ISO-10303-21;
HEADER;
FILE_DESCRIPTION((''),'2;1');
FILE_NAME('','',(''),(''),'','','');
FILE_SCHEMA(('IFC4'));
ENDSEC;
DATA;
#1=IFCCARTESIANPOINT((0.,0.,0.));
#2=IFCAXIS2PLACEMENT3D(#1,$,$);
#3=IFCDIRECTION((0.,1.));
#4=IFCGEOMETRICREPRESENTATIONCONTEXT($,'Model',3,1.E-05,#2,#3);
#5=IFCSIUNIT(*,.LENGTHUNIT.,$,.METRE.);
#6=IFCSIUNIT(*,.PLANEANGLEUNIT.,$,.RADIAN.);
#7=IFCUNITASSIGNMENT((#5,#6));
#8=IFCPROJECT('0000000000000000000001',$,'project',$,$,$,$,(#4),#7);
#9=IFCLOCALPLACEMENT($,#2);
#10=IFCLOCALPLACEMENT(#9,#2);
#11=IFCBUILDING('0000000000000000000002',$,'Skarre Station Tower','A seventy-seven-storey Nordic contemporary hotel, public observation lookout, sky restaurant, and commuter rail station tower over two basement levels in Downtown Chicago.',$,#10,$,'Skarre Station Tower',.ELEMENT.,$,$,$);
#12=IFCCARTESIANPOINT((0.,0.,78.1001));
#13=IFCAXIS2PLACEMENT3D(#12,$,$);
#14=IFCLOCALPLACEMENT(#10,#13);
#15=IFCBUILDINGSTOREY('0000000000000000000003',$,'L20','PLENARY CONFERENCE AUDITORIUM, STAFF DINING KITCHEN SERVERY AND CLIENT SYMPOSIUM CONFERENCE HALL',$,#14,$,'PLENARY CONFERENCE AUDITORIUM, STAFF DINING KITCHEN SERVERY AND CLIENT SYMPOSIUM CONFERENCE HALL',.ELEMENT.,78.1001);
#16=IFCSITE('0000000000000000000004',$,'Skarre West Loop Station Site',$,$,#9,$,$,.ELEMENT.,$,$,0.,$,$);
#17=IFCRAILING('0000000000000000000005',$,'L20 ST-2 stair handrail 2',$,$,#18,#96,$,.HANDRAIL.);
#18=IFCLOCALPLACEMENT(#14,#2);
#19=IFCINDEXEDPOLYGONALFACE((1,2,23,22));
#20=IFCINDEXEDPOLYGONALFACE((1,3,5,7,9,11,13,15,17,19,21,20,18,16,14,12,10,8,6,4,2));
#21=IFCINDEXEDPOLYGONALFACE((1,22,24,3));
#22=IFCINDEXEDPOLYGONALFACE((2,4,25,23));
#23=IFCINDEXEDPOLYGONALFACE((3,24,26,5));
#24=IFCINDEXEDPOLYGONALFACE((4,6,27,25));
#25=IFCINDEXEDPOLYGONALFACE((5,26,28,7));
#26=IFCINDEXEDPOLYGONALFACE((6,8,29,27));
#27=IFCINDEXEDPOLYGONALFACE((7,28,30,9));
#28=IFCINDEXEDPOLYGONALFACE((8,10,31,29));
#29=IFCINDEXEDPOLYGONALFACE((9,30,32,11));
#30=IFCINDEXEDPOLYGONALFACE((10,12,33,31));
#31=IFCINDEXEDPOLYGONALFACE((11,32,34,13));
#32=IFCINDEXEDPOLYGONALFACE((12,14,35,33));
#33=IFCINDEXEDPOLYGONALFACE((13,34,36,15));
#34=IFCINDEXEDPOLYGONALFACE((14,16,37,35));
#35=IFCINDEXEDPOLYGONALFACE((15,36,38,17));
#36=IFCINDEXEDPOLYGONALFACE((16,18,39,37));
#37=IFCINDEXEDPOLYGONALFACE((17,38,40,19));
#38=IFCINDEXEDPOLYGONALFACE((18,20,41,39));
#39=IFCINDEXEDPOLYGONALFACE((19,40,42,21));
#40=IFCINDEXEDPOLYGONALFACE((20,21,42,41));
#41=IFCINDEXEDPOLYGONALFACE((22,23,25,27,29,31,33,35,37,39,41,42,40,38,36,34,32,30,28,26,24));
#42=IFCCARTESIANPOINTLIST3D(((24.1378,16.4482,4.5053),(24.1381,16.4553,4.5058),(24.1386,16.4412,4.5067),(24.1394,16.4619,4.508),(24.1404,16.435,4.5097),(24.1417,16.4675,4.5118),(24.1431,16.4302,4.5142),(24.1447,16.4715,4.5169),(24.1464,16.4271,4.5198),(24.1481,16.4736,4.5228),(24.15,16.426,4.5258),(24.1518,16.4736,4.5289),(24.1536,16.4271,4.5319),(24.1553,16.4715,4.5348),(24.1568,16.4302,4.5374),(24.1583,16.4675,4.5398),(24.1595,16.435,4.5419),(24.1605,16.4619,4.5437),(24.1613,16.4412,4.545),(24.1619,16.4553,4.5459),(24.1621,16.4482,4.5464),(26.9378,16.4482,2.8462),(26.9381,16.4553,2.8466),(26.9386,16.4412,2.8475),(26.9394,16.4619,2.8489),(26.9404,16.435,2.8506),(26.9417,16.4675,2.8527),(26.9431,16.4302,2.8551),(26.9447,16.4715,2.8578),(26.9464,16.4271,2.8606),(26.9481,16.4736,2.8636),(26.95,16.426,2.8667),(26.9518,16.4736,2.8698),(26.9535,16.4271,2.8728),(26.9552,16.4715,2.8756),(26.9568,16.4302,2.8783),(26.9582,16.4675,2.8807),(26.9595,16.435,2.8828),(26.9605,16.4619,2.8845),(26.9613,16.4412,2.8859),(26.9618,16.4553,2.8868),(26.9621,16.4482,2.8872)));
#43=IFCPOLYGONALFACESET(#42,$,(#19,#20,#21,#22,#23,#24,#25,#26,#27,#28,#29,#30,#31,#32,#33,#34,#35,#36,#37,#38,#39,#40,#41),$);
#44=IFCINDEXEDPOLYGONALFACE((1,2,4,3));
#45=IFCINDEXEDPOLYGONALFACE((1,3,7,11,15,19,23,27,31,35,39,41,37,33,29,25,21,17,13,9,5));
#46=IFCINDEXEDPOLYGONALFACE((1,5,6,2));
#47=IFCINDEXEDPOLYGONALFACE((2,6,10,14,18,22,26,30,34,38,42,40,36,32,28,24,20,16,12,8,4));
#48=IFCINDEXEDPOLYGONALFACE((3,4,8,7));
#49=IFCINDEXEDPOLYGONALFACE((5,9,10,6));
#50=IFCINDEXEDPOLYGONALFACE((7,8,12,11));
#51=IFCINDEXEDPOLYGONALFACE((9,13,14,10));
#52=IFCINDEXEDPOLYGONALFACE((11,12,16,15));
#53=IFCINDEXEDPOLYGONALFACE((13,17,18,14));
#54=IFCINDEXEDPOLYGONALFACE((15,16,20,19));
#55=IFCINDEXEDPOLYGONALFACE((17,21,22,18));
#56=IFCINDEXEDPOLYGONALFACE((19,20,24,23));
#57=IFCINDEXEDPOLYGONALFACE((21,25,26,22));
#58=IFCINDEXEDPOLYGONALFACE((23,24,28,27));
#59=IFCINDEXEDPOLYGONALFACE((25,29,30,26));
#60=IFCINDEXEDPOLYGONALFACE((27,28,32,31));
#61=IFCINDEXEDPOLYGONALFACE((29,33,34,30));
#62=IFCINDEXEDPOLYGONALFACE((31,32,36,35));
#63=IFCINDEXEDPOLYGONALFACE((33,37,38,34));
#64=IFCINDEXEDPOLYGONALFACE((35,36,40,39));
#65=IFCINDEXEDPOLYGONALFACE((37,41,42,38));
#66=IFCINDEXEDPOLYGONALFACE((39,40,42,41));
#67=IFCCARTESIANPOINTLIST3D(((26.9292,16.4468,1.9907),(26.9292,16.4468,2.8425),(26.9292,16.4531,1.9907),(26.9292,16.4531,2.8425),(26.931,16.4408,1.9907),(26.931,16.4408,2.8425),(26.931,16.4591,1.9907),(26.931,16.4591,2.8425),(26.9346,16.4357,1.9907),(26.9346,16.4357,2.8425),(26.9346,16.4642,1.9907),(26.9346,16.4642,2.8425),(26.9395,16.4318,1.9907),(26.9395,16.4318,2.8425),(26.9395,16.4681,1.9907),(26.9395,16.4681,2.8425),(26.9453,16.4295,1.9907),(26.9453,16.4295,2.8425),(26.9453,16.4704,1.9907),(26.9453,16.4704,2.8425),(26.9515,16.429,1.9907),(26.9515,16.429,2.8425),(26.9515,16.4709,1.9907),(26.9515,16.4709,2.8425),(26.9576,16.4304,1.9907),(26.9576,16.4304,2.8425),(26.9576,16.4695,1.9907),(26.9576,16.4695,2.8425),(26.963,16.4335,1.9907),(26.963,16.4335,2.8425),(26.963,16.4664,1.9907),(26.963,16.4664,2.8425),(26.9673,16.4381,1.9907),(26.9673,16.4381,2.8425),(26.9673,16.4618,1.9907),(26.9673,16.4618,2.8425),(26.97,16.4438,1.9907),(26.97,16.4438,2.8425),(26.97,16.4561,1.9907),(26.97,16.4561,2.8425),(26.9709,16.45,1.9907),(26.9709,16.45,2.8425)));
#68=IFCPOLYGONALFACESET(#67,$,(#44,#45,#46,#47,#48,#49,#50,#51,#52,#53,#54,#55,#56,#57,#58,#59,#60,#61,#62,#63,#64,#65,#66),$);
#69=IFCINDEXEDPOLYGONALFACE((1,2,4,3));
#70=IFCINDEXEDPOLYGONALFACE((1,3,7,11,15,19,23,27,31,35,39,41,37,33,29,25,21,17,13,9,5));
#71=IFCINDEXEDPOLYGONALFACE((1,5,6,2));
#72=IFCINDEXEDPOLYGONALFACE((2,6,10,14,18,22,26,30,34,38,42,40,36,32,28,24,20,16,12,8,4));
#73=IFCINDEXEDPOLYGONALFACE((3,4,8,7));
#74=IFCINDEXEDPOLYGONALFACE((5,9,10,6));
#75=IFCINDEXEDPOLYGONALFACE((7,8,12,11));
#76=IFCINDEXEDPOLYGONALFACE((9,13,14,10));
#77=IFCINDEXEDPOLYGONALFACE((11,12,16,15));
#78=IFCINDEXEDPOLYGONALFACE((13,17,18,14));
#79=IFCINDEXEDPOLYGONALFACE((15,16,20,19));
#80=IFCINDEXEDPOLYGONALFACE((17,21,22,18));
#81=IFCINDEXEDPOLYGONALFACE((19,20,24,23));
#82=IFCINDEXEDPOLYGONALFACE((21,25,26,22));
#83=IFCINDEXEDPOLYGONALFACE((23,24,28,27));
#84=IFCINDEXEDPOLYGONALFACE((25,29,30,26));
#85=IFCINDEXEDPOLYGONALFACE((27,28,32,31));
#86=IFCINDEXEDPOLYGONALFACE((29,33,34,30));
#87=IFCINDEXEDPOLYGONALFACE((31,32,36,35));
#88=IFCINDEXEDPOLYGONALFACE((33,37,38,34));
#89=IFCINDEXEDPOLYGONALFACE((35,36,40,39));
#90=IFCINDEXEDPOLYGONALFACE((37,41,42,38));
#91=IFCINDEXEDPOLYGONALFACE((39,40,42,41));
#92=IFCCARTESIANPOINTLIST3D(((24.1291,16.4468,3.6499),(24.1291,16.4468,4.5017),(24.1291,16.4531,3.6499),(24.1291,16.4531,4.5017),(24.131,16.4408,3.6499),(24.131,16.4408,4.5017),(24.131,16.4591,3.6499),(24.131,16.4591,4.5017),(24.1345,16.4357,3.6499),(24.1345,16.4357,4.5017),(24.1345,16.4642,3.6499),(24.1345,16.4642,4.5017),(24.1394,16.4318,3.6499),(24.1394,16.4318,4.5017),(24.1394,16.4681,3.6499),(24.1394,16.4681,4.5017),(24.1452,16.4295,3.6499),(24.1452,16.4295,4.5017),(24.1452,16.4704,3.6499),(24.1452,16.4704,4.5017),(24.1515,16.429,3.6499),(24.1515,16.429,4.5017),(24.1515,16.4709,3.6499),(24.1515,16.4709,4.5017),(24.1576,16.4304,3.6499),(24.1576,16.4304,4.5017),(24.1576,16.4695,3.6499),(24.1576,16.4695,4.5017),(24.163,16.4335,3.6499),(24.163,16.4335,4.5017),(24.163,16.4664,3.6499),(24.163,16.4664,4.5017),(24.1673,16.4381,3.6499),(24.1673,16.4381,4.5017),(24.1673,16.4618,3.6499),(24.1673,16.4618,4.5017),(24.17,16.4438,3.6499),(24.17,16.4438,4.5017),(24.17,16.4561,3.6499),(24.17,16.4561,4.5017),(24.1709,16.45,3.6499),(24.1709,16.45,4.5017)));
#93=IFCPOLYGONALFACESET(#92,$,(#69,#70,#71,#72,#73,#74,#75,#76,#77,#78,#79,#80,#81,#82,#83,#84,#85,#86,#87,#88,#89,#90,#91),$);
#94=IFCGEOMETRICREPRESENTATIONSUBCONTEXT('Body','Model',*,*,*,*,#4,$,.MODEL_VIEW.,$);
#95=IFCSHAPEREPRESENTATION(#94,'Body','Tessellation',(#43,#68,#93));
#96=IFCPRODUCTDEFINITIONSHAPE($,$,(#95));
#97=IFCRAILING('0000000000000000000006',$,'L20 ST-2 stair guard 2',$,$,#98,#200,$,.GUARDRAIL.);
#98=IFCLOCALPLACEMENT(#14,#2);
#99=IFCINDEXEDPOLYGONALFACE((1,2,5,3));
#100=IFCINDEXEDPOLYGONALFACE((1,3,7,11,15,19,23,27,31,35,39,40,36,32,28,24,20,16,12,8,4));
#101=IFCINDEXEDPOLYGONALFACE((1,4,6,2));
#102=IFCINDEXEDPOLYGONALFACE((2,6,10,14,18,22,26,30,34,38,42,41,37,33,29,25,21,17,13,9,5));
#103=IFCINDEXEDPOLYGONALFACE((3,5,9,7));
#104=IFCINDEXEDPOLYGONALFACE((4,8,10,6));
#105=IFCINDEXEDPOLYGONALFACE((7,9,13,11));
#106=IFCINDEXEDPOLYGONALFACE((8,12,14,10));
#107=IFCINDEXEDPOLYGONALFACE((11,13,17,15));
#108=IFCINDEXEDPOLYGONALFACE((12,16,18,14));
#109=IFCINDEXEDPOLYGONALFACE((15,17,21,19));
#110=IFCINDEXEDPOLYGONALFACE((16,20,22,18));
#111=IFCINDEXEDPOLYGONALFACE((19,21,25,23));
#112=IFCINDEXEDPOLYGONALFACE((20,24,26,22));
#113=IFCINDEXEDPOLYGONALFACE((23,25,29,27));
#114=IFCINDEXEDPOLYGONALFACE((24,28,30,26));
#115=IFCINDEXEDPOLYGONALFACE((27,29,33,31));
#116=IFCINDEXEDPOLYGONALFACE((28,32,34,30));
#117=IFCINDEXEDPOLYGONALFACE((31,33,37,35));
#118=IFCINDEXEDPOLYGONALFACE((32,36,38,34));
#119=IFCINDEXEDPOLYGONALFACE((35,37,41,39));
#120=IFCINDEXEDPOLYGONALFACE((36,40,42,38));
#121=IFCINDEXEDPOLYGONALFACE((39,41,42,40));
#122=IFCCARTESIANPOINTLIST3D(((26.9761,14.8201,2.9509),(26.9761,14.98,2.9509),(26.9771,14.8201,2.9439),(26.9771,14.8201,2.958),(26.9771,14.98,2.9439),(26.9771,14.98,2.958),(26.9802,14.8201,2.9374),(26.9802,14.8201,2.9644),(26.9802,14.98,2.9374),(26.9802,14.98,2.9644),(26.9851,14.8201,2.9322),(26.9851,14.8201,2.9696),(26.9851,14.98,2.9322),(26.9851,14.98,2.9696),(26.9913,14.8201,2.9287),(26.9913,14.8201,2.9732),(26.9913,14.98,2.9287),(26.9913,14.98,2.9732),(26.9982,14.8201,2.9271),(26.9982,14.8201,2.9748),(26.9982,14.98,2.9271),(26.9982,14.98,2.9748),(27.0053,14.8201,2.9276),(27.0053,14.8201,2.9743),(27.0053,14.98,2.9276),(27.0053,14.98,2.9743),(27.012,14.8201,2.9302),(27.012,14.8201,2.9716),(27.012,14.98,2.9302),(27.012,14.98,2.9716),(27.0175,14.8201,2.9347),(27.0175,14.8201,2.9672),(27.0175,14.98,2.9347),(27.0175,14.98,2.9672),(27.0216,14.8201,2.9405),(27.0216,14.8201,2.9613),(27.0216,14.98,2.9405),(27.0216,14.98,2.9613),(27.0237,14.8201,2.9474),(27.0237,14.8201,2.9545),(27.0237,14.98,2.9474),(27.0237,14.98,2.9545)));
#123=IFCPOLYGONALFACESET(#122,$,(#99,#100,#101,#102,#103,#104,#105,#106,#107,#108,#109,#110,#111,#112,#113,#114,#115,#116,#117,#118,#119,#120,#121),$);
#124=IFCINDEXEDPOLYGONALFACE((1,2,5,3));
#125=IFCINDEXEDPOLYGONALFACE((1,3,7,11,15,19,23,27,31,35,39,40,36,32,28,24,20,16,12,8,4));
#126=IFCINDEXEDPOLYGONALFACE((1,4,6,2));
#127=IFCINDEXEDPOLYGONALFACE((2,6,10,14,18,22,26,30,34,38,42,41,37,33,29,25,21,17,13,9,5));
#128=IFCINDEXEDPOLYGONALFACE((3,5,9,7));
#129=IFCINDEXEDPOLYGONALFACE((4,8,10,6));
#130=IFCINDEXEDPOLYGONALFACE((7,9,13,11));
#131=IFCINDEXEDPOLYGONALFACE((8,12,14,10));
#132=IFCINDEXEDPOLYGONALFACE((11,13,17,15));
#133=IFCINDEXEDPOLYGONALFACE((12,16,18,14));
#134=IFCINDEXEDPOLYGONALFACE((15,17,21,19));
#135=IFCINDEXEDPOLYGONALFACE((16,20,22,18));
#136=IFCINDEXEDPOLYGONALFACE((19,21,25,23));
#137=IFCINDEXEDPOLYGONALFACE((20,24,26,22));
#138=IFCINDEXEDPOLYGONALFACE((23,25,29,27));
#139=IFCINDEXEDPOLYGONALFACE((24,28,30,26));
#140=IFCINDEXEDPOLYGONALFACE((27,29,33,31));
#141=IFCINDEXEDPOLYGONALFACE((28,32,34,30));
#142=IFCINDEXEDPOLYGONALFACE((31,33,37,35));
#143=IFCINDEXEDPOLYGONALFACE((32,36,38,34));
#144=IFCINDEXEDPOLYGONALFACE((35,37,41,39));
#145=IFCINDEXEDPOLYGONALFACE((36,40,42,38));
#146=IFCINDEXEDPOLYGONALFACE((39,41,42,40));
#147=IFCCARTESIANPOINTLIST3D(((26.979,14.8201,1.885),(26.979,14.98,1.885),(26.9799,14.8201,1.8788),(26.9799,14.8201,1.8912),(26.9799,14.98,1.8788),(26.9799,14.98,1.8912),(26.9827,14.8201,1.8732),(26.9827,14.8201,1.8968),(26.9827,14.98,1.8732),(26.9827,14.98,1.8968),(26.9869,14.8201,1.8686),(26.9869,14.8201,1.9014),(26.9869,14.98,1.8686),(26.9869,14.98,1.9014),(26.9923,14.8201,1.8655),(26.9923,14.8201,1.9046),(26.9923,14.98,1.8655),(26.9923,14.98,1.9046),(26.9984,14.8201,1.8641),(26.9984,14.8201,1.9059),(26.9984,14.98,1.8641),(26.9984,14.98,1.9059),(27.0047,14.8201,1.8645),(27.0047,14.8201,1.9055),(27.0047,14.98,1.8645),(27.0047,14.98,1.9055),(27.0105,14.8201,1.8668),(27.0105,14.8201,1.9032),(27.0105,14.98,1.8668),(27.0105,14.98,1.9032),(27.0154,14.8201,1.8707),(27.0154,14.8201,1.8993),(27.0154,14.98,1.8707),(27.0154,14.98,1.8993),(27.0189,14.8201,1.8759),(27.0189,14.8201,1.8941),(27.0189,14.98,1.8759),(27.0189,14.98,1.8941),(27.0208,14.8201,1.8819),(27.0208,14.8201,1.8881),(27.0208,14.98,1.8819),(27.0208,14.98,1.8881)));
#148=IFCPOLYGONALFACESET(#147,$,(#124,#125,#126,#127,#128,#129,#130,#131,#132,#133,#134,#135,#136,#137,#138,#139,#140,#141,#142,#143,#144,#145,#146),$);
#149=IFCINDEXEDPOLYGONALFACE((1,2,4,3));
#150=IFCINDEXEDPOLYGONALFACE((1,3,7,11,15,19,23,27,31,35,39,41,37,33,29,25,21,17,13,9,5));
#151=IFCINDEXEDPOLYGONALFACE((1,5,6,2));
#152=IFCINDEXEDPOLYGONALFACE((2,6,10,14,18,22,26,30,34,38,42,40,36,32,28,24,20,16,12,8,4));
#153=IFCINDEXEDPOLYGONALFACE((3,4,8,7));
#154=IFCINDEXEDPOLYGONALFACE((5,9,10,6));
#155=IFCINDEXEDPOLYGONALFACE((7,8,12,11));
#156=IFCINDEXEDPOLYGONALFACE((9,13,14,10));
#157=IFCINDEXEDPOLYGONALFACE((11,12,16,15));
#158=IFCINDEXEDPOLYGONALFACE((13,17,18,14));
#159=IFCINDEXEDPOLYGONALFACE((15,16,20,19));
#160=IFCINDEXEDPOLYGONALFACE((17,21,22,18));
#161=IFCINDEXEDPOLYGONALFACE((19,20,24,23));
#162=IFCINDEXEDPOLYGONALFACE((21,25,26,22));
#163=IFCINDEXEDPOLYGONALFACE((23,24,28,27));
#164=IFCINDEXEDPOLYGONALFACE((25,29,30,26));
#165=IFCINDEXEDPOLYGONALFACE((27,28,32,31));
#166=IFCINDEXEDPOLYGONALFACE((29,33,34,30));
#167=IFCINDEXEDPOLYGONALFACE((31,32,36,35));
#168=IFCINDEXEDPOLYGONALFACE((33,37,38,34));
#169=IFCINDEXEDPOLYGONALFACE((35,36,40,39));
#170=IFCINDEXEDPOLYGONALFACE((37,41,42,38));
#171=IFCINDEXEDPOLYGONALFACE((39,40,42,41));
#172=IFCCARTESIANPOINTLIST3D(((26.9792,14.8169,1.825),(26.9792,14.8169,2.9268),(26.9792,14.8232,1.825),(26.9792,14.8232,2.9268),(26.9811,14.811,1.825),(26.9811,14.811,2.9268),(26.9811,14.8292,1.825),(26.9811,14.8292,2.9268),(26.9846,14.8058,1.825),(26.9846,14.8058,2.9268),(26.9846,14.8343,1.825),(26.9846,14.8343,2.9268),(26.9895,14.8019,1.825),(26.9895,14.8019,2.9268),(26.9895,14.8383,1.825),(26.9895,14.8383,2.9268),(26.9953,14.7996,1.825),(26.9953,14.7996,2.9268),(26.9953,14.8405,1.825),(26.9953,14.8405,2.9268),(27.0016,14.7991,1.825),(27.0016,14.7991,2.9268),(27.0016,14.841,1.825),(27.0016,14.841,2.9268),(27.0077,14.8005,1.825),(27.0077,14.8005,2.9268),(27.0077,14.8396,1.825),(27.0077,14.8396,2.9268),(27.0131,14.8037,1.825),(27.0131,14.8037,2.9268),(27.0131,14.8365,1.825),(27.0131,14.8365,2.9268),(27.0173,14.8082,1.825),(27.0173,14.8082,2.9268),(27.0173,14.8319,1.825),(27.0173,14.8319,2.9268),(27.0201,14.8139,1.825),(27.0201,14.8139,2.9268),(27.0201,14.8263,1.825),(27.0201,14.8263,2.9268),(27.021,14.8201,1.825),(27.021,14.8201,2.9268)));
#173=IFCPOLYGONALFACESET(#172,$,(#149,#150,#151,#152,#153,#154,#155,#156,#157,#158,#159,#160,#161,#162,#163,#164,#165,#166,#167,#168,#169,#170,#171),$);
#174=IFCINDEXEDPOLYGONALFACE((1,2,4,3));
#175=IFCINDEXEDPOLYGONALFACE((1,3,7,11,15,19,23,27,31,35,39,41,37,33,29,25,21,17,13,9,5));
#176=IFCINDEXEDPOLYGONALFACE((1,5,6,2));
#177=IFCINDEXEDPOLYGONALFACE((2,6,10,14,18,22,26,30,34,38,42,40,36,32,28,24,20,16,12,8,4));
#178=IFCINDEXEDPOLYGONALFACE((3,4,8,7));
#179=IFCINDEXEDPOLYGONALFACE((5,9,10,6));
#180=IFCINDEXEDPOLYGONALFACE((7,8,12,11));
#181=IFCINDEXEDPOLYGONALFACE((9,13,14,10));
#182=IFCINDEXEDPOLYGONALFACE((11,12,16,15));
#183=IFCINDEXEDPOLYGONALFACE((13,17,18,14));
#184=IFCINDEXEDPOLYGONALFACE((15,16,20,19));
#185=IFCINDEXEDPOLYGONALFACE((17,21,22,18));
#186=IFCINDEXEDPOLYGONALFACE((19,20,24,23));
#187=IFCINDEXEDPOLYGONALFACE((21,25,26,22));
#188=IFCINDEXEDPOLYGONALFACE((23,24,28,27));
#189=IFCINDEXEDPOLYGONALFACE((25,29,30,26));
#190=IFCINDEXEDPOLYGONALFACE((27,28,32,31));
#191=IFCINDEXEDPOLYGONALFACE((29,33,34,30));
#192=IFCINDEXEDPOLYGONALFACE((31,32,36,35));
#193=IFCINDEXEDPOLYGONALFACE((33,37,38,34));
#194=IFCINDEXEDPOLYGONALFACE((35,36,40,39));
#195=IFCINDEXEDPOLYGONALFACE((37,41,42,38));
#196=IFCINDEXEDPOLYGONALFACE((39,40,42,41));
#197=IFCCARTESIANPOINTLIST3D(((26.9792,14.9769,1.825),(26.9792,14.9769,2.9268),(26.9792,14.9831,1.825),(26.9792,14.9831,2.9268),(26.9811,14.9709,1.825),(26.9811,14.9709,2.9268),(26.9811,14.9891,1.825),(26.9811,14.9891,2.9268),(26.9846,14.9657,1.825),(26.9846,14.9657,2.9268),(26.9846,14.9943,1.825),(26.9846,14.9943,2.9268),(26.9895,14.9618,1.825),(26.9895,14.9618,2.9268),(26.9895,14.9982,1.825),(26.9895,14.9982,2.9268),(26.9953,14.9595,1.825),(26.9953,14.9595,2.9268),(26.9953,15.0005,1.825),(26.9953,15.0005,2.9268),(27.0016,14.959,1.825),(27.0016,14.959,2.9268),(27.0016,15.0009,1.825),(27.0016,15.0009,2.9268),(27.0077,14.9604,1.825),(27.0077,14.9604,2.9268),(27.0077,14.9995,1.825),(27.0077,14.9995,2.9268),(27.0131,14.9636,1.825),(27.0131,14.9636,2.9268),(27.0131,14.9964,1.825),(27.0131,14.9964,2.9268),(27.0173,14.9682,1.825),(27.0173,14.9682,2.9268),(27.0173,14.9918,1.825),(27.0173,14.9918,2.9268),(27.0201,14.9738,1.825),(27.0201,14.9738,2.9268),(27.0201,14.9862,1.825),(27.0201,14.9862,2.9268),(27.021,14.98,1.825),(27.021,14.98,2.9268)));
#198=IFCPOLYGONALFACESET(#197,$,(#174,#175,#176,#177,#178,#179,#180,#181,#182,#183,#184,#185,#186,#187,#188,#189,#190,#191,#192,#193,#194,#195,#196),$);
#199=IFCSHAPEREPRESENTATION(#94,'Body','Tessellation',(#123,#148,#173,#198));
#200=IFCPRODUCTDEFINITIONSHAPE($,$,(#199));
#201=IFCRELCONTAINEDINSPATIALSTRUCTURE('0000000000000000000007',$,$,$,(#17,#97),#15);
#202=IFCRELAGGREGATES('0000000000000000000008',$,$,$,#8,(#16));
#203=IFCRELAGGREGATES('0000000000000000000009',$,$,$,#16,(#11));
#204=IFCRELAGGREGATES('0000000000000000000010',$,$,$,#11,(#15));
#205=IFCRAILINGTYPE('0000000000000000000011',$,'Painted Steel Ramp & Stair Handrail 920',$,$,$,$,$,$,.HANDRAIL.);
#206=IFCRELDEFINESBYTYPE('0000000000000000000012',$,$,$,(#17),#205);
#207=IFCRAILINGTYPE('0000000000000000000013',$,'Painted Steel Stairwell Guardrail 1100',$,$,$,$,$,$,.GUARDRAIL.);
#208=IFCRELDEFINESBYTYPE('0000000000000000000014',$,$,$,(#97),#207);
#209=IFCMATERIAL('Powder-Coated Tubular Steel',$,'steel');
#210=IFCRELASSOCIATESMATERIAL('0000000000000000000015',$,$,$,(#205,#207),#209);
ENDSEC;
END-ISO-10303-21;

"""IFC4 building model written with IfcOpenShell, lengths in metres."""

from ifc_helpers import new_model, si_unit, direction, frame, origin, origin_2d, place, context, subcontext, project, spatial, circle, extrude, material, type_object, element, save


model = new_model("IFC4")

# Units and contexts
model_context = context("Model", 3, precision=1e-05, world=origin(), true_north=direction((0.0, 1.0)))
body_context = subcontext(model_context, "Body", "Model", "MODEL_VIEW")
ifc_project = project(units=[si_unit("LENGTHUNIT", "METRE"), si_unit("PLANEANGLEUNIT", "RADIAN")], contexts=[model_context])

# Site, building, storey
site_placement = place(None, origin())
site = spatial("IfcSite", under=ifc_project, at=site_placement, Name="Skarre West Loop Station Site", CompositionType="ELEMENT", RefElevation=0.0)
building_placement = place(site_placement, origin())
building = spatial("IfcBuilding", under=site, at=building_placement, Name="Skarre Station Tower", Description="A seventy-seven-storey Nordic contemporary hotel, public observation lookout, sky restaurant, and commuter rail station tower over two basement levels in Downtown Chicago.", LongName="Skarre Station Tower", CompositionType="ELEMENT")
storey_placement = place(building_placement, frame((0.0, 0.0, 78.1001)))
storey = spatial("IfcBuildingStorey", under=building, at=storey_placement, Name="L20", Description="PLENARY CONFERENCE AUDITORIUM, STAFF DINING KITCHEN SERVERY AND CLIENT SYMPOSIUM CONFERENCE HALL", LongName="PLENARY CONFERENCE AUDITORIUM, STAFF DINING KITCHEN SERVERY AND CLIENT SYMPOSIUM CONFERENCE HALL", CompositionType="ELEMENT", Elevation=78.1001)

# Railings
ifc_material_1 = material(Name="Powder-Coated Tubular Steel", Category="steel")
railing_type_1 = type_object("IfcRailingType", Name="Painted Steel Ramp & Stair Handrail 920", PredefinedType="HANDRAIL", material=ifc_material_1)
railing_1_placement = place(storey_placement, frame((26.95, 16.45, 1.9907)))
element("IfcRailing", 1, at=railing_1_placement, inside=storey, type_object=railing_type_1, Name="L20 ST-2 stair handrail 2", PredefinedType="HANDRAIL", context=body_context, shape_type="SweptSolid", body=[
    extrude(circle(Radius=0.0239, at=origin_2d()), frame((0.0, 0.0, 0.876), z_axis=(-0.860306, 0.0, 0.509778), x_axis=(0.0, -1.0, 0.0)), (0.0, 0.0, 1.0), 3.2546),
    extrude(circle(Radius=0.021, at=origin_2d()), origin(), (0.0, 0.0, 1.0), 0.8518),
    extrude(circle(Radius=0.021, at=origin_2d()), frame((-2.8, 0.0, 1.6592)), (0.0, 0.0, 1.0), 0.8518),
])
railing_type_2 = type_object("IfcRailingType", Name="Painted Steel Stairwell Guardrail 1100", PredefinedType="GUARDRAIL", material=ifc_material_1)
railing_2_placement = place(storey_placement, frame((27.0, 14.8201, 1.825)))
element("IfcRailing", 2, at=railing_2_placement, inside=storey, type_object=railing_type_2, Name="L20 ST-2 stair guard 2", PredefinedType="GUARDRAIL", context=body_context, shape_type="SweptSolid", body=[
    extrude(circle(Radius=0.0239, at=origin_2d()), frame((0.0, 0.0, 1.126), z_axis=(0.0, 1.0, 0.0), x_axis=(-1.0, 0.0, 0.0)), (0.0, 0.0, 1.0), 0.1599),
    extrude(circle(Radius=0.021, at=origin_2d()), frame((0.0, 0.0, 0.0601), z_axis=(0.0, 1.0, 0.0), x_axis=(-1.0, 0.0, 0.0)), (0.0, 0.0, 1.0), 0.1599),
    extrude(circle(Radius=0.021, at=origin_2d()), origin(), (0.0, 0.0, 1.0), 1.1018),
    extrude(circle(Radius=0.021, at=origin_2d()), frame((0.0, 0.1599, 0.0)), (0.0, 0.0, 1.0), 1.1018),
])

save(model, "model.ifc")
